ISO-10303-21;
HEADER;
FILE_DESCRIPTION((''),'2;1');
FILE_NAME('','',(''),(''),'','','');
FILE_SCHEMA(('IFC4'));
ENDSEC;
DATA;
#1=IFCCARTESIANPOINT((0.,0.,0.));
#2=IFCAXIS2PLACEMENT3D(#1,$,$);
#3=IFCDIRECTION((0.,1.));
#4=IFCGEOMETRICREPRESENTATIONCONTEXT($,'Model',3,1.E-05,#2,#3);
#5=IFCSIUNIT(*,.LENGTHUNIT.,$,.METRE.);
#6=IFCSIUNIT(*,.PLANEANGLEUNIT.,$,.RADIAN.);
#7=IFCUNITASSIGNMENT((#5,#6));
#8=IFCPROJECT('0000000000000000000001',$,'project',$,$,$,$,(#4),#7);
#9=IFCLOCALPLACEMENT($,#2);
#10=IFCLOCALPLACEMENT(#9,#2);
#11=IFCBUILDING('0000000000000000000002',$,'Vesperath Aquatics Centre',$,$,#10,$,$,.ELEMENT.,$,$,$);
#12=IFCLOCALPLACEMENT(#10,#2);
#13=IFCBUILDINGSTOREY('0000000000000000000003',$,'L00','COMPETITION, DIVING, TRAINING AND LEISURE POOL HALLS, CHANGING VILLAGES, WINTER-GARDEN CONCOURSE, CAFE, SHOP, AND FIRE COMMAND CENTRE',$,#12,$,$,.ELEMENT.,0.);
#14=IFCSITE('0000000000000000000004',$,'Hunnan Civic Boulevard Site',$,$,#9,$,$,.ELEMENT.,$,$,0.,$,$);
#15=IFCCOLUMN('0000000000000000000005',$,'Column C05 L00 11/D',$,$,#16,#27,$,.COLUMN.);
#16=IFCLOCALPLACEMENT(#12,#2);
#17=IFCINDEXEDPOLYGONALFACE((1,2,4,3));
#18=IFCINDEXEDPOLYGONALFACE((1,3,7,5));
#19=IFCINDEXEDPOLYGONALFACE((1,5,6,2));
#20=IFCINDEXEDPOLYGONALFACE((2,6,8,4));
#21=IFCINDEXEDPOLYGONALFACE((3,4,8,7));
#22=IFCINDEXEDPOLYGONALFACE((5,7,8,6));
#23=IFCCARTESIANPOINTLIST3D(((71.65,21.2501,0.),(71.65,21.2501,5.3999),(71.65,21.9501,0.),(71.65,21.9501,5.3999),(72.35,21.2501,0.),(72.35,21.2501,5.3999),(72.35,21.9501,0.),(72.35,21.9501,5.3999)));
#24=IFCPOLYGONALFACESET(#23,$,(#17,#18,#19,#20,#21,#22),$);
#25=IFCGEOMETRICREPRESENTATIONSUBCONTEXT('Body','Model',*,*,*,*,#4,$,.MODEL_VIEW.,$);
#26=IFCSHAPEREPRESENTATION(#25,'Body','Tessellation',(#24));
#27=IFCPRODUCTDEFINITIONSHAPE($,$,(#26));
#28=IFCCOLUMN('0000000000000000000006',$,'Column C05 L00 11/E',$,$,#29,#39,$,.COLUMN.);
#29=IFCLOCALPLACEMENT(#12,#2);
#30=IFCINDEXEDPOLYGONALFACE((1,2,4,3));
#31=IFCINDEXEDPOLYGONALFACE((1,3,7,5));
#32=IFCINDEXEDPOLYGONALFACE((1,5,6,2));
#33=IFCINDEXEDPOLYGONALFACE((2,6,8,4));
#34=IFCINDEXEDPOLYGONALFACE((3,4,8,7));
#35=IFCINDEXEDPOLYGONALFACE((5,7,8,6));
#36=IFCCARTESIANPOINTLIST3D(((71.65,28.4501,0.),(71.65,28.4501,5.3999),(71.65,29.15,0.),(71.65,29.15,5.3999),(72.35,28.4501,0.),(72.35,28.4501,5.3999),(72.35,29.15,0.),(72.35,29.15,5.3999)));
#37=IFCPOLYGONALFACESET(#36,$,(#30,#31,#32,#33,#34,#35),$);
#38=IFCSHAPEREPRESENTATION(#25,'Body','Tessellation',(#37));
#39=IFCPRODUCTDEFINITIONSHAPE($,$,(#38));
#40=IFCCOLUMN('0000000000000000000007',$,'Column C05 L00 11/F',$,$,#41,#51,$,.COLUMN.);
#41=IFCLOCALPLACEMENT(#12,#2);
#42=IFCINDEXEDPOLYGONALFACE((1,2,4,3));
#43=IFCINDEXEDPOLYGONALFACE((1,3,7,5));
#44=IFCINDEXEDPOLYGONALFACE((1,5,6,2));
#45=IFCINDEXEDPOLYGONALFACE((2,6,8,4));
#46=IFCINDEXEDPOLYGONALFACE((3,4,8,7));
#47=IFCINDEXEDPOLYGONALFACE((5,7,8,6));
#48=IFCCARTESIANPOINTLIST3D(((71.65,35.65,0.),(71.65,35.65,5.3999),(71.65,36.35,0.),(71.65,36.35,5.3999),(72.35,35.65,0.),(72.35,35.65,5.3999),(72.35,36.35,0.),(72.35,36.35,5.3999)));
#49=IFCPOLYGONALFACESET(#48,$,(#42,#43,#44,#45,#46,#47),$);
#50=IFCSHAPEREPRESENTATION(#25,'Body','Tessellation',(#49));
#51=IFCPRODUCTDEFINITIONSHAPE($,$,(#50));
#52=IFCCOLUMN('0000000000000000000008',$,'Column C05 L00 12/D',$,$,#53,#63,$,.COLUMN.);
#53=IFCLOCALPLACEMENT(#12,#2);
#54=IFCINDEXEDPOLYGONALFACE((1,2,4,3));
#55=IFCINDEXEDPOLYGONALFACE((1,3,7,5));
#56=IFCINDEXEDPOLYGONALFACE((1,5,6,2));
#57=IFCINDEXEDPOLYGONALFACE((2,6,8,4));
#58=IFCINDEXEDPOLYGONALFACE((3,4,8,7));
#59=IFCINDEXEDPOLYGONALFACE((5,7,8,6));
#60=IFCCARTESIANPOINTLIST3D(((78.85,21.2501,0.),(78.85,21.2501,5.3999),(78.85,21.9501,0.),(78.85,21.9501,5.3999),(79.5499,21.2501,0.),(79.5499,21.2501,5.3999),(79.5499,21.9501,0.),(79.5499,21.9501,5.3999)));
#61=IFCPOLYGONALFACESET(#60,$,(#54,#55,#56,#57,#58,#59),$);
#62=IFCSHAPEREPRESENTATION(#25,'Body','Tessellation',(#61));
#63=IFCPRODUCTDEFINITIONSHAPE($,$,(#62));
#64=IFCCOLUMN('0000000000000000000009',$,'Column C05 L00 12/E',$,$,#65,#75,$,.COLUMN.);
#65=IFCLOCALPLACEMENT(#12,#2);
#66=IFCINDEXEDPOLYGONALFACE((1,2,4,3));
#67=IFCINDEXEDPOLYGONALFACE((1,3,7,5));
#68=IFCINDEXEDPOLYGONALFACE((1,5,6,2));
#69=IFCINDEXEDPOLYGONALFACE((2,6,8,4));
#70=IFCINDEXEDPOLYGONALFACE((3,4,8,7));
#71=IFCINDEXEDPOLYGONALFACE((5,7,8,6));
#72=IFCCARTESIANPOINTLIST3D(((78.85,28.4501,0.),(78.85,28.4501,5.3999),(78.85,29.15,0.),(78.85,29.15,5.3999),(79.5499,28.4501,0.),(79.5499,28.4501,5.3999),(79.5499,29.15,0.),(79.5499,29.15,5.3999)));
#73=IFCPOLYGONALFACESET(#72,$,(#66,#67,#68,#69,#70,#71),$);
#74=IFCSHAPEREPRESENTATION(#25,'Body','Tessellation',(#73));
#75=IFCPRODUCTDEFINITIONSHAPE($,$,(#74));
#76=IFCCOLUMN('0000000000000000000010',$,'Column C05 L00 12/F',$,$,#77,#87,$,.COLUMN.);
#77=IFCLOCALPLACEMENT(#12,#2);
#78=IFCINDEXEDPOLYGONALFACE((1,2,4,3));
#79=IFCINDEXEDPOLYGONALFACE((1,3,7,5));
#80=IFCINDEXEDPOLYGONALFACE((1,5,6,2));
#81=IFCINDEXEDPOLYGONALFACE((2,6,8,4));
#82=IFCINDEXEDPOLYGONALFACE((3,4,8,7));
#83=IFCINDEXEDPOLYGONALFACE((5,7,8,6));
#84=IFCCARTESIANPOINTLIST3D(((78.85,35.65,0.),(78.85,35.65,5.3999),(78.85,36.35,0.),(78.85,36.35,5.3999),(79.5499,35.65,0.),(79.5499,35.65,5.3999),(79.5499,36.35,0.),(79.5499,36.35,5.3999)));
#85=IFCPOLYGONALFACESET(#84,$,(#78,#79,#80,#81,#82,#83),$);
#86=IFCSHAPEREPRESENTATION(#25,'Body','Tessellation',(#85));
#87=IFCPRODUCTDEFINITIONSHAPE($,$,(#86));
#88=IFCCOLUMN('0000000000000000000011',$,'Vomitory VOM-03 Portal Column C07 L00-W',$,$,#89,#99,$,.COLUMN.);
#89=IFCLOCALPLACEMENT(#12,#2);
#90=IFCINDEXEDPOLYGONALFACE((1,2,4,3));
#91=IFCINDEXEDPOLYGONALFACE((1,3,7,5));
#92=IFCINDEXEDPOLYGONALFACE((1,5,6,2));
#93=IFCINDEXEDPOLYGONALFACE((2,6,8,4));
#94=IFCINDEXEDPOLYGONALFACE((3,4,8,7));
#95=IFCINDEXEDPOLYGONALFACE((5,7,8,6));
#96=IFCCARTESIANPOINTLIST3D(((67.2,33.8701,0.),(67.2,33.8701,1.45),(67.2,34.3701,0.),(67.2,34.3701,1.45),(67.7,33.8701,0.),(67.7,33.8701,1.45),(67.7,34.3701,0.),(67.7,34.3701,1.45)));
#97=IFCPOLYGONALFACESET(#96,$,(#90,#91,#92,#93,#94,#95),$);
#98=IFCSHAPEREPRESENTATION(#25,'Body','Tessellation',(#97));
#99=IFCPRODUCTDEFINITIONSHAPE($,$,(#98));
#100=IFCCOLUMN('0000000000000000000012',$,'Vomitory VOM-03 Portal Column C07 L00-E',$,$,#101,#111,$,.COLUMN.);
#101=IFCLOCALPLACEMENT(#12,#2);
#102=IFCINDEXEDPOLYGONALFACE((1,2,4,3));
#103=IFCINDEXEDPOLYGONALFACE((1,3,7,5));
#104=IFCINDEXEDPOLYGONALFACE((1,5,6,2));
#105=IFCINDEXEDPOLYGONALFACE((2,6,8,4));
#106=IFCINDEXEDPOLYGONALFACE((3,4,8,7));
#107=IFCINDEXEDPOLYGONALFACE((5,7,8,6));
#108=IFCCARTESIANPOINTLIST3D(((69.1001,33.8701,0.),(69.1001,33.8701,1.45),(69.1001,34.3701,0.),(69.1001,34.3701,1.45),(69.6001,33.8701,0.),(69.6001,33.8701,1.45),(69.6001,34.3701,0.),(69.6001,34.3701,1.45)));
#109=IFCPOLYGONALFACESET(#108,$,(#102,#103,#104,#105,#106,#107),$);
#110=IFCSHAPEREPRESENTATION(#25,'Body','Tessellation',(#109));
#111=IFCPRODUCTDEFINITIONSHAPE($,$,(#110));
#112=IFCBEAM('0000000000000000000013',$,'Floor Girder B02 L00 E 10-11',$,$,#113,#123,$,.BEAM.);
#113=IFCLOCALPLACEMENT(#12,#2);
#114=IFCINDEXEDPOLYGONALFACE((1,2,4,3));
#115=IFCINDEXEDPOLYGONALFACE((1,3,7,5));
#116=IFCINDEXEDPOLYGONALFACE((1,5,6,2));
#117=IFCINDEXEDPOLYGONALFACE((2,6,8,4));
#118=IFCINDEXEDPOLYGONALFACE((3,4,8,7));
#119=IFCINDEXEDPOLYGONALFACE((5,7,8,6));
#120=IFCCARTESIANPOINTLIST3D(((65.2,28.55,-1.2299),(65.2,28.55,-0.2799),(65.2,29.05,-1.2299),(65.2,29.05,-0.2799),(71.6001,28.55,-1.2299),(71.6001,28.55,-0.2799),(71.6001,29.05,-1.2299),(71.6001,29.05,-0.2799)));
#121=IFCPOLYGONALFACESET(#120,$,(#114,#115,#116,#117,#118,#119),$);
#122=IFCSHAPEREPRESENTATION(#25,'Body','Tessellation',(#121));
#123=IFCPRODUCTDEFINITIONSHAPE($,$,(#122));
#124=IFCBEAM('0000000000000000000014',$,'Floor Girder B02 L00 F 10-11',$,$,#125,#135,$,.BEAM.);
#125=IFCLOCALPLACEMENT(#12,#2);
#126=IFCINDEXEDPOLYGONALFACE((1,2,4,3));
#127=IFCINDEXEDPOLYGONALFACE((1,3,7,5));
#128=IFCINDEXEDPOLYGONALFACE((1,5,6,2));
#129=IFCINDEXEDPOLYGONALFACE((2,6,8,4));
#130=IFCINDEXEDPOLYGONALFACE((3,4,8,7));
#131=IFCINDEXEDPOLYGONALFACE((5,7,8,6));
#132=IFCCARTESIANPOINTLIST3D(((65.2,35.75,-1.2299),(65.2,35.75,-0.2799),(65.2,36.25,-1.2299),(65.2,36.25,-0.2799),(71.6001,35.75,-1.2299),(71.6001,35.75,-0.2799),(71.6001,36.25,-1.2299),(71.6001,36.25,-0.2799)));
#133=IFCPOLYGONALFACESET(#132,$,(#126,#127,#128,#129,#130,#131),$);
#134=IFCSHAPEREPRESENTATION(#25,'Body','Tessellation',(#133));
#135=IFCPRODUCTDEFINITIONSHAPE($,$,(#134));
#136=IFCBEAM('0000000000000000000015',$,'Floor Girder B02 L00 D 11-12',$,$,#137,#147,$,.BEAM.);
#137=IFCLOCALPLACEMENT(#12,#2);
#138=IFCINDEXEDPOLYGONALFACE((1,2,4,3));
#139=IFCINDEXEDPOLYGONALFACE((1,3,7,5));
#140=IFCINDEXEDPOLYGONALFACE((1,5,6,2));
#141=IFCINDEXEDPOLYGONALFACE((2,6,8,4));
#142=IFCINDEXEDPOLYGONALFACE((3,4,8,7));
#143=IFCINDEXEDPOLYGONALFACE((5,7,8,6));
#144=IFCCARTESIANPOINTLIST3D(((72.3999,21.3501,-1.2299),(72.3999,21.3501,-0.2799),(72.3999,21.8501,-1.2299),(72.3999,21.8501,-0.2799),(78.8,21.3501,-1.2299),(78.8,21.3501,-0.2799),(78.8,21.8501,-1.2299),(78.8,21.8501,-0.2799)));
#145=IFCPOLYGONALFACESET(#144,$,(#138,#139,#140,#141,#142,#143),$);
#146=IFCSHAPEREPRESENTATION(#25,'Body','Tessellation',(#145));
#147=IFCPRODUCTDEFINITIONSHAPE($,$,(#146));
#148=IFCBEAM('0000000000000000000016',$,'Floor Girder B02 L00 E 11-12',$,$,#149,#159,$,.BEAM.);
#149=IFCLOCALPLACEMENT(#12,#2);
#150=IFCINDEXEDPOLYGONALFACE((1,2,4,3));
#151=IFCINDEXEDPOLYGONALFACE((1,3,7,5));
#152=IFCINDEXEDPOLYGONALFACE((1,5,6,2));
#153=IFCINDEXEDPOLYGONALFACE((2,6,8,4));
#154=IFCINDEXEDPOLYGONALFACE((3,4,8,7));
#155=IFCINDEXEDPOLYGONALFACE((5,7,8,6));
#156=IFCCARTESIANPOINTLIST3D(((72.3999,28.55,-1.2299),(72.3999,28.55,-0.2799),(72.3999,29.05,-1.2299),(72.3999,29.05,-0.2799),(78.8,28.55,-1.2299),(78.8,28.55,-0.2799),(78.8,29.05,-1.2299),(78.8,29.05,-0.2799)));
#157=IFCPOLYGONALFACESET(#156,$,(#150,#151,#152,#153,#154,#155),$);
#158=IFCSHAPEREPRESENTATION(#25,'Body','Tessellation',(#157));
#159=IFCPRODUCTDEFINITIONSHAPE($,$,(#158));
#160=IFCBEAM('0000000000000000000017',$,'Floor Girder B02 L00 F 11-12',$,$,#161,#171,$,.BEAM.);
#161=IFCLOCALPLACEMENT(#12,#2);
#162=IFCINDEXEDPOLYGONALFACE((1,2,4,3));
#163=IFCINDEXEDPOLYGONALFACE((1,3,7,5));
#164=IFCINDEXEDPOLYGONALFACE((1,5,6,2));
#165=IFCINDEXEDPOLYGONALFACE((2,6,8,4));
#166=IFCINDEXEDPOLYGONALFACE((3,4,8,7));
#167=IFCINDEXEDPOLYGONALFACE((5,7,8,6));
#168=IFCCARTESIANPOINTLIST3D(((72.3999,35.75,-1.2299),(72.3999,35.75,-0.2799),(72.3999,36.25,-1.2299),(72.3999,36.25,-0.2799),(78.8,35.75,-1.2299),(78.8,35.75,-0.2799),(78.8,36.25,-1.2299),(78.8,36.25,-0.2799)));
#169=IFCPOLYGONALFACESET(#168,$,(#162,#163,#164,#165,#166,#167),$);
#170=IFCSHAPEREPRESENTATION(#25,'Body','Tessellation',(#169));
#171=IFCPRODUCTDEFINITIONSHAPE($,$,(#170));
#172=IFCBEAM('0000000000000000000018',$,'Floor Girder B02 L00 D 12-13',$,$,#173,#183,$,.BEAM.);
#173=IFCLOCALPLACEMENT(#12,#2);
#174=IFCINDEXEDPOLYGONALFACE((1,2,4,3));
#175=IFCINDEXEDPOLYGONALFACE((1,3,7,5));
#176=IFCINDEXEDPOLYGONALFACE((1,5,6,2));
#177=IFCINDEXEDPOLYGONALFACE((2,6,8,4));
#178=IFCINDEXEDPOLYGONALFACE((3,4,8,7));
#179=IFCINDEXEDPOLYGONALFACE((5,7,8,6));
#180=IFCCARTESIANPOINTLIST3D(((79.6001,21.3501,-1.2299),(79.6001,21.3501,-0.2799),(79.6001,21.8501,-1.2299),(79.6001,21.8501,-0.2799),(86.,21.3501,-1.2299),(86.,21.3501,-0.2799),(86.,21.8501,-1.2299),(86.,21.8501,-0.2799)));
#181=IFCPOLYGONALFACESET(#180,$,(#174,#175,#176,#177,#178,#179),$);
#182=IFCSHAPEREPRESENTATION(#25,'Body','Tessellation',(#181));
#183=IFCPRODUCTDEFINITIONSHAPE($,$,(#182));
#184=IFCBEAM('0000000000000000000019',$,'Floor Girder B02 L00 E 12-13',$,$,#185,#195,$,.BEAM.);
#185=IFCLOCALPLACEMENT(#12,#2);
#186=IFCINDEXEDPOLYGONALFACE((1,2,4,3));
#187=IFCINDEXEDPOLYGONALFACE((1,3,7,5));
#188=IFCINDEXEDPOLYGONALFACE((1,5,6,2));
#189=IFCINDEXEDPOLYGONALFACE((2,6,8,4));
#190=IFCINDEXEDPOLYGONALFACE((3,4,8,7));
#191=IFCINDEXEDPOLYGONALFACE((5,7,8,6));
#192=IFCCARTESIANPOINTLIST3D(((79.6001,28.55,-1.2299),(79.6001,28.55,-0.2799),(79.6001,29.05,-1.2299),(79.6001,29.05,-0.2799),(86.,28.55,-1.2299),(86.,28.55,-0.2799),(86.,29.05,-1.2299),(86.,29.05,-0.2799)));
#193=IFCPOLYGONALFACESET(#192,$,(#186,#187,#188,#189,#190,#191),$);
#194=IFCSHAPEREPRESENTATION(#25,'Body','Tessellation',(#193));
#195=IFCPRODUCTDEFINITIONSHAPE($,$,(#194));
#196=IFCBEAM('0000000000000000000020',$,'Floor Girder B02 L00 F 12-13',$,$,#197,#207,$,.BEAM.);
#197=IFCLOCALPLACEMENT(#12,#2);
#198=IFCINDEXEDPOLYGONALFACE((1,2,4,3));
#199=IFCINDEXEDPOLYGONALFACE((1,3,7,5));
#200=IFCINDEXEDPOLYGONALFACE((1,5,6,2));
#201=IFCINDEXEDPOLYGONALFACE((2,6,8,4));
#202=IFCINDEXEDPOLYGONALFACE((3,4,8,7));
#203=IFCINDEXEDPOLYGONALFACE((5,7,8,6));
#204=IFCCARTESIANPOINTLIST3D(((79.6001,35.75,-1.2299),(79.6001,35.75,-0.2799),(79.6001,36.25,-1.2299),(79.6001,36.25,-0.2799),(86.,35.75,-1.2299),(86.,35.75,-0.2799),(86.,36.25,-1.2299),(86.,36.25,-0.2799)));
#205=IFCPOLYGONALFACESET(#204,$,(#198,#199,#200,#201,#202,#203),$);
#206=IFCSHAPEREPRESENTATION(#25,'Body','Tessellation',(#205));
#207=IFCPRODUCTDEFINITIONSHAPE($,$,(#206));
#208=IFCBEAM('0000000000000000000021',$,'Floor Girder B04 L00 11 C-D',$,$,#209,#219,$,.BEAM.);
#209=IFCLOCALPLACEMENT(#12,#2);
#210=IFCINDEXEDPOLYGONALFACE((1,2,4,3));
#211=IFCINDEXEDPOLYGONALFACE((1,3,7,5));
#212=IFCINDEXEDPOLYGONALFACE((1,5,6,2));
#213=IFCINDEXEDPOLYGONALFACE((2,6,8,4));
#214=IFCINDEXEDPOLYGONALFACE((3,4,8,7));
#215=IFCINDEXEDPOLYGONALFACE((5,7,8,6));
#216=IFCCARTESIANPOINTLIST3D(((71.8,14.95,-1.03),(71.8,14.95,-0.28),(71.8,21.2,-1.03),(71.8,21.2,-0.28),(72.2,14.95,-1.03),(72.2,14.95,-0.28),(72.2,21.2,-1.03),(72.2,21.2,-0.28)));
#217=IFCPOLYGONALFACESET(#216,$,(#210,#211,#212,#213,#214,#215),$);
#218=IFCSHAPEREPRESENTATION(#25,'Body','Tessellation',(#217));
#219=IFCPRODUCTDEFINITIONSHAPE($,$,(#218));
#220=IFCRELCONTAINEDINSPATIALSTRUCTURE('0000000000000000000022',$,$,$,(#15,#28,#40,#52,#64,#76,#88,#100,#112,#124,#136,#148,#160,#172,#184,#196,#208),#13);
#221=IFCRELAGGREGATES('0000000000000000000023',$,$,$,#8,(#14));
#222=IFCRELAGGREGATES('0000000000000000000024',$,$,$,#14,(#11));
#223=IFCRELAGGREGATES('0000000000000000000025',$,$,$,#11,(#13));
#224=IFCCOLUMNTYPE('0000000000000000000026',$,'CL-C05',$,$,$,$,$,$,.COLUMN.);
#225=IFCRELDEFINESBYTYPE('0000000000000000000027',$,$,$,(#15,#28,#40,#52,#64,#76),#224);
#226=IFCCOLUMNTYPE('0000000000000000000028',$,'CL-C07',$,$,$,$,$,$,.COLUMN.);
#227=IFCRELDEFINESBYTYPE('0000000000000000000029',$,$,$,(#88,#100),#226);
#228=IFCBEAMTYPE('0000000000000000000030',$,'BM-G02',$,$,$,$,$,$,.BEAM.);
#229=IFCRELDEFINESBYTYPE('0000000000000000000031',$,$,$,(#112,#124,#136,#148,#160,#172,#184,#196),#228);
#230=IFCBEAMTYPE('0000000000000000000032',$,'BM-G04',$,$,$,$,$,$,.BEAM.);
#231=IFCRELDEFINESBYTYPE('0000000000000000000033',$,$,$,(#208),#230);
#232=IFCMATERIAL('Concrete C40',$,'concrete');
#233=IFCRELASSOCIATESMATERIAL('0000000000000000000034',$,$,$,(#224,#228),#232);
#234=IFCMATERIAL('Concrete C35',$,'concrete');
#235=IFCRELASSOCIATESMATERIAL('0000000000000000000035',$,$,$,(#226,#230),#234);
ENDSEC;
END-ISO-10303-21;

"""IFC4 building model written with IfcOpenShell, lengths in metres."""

from ifc_helpers import new_model, si_unit, direction, frame, origin, origin_2d, place, context, subcontext, project, spatial, rectangle, extrude, material, material_profile, profile_set, type_object, element, save


model = new_model("IFC4")

# Units and contexts
model_context = context("Model", 3, precision=1e-05, world=origin(), true_north=direction((0.0, 1.0)))
body_context = subcontext(model_context, "Body", "Model", "MODEL_VIEW")
ifc_project = project(units=[si_unit("LENGTHUNIT", "METRE"), si_unit("PLANEANGLEUNIT", "RADIAN")], contexts=[model_context])

# Site, building, storey
site_placement = place(None, origin())
site = spatial("IfcSite", under=ifc_project, at=site_placement, Name="Hunnan Civic Boulevard Site", CompositionType="ELEMENT", RefElevation=0.0)
building_placement = place(site_placement, origin())
building = spatial("IfcBuilding", under=site, at=building_placement, Name="Vesperath Aquatics Centre", CompositionType="ELEMENT")
storey_placement = place(building_placement, origin())
storey = spatial("IfcBuildingStorey", under=building, at=storey_placement, Name="L00", Description="COMPETITION, DIVING, TRAINING AND LEISURE POOL HALLS, CHANGING VILLAGES, WINTER-GARDEN CONCOURSE, CAFE, SHOP, AND FIRE COMMAND CENTRE", CompositionType="ELEMENT", Elevation=0.0)

# Columns
ifc_material_1 = material(Name="Concrete C40", Category="concrete")
ifc_material_profile_1 = material_profile(ifc_material_1, rectangle(XDim=0.7, YDim=0.7, at=origin_2d()), Name="RC 700x700")
ifc_profile_set_1 = profile_set([ifc_material_profile_1], Name="Concrete C40")
column_type_1 = type_object("IfcColumnType", Name="CL-C05", PredefinedType="COLUMN", material=ifc_profile_set_1)
for number, where, z_axis, x_axis, name in (
    (1, (72.0, 21.6001, 0.0), (0.0, 0.0, 1.0), (1.0, 0.0, 0.0), "Column C05 L00 11/D"),
    (2, (72.0, 28.8, 0.0), (0.0, 0.0, 1.0), (1.0, 0.0, 0.0), "Column C05 L00 11/E"),
    (3, (72.0, 36.0, 0.0), (0.0, 0.0, 1.0), (1.0, 0.0, 0.0), "Column C05 L00 11/F"),
    (4, (79.2, 21.6001, 0.0), (0.0, 0.0, 1.0), (1.0, 0.0, 0.0), "Column C05 L00 12/D"),
    (5, (79.2, 28.8, 0.0), (0.0, 0.0, 1.0), (1.0, 0.0, 0.0), "Column C05 L00 12/E"),
    (6, (79.2, 36.0, 0.0), (0.0, 0.0, 1.0), (1.0, 0.0, 0.0), "Column C05 L00 12/F"),
):
    element("IfcColumn", number, at=place(storey_placement, frame(where, z_axis=z_axis, x_axis=x_axis)), inside=storey, type_object=column_type_1, Name=name, PredefinedType="COLUMN", context=body_context, shape_type="SweptSolid", body=[
        extrude(rectangle(XDim=0.7, YDim=0.7, at=origin_2d()), origin(), (0.0, 0.0, 1.0), 5.3999),
    ])
ifc_material_2 = material(Name="Concrete C35", Category="concrete")
ifc_material_profile_2 = material_profile(ifc_material_2, rectangle(XDim=0.5, YDim=0.5, at=origin_2d()), Name="RC 500x500")
ifc_profile_set_2 = profile_set([ifc_material_profile_2], Name="Concrete C35")
column_type_2 = type_object("IfcColumnType", Name="CL-C07", PredefinedType="COLUMN", material=ifc_profile_set_2)
for number, where, z_axis, x_axis, name in (
    (7, (67.45, 34.1201, 0.0), (0.0, 0.0, 1.0), (1.0, 0.0, 0.0), "Vomitory VOM-03 Portal Column C07 L00-W"),
    (8, (69.3501, 34.1201, 0.0), (0.0, 0.0, 1.0), (1.0, 0.0, 0.0), "Vomitory VOM-03 Portal Column C07 L00-E"),
):
    element("IfcColumn", number, at=place(storey_placement, frame(where, z_axis=z_axis, x_axis=x_axis)), inside=storey, type_object=column_type_2, Name=name, PredefinedType="COLUMN", context=body_context, shape_type="SweptSolid", body=[
        extrude(rectangle(XDim=0.5, YDim=0.5, at=origin_2d()), origin(), (0.0, 0.0, 1.0), 1.45),
    ])

# Beams
ifc_material_profile_3 = material_profile(ifc_material_1, rectangle(XDim=0.5, YDim=0.95, at=origin_2d()), Name="RC 500x950")
ifc_profile_set_3 = profile_set([ifc_material_profile_3], Name="Concrete C40")
beam_type_1 = type_object("IfcBeamType", Name="BM-G02", PredefinedType="BEAM", material=ifc_profile_set_3)
for number, where, z_axis, x_axis, name in (
    (9, (65.2, 28.8, -0.7549), (1.0, 0.0, 0.0), (0.0, 1.0, 0.0), "Floor Girder B02 L00 E 10-11"),
    (10, (65.2, 36.0, -0.7549), (1.0, 0.0, 0.0), (0.0, 1.0, 0.0), "Floor Girder B02 L00 F 10-11"),
    (11, (72.3999, 21.6001, -0.7549), (1.0, 0.0, 0.0), (0.0, 1.0, 0.0), "Floor Girder B02 L00 D 11-12"),
    (12, (72.3999, 28.8, -0.7549), (1.0, 0.0, 0.0), (0.0, 1.0, 0.0), "Floor Girder B02 L00 E 11-12"),
    (13, (72.3999, 36.0, -0.7549), (1.0, 0.0, 0.0), (0.0, 1.0, 0.0), "Floor Girder B02 L00 F 11-12"),
):
    element("IfcBeam", number, at=place(storey_placement, frame(where, z_axis=z_axis, x_axis=x_axis)), inside=storey, type_object=beam_type_1, Name=name, PredefinedType="BEAM", context=body_context, shape_type="SweptSolid", body=[
        extrude(rectangle(XDim=0.5, YDim=0.95, at=origin_2d()), origin(), (0.0, 0.0, 1.0), 6.4001),
    ])
for number, where, z_axis, x_axis, name in (
    (14, (79.6001, 21.6001, -0.7549), (1.0, 0.0, 0.0), (0.0, 1.0, 0.0), "Floor Girder B02 L00 D 12-13"),
    (15, (79.6001, 28.8, -0.7549), (1.0, 0.0, 0.0), (0.0, 1.0, 0.0), "Floor Girder B02 L00 E 12-13"),
    (16, (79.6001, 36.0, -0.7549), (1.0, 0.0, 0.0), (0.0, 1.0, 0.0), "Floor Girder B02 L00 F 12-13"),
):
    element("IfcBeam", number, at=place(storey_placement, frame(where, z_axis=z_axis, x_axis=x_axis)), inside=storey, type_object=beam_type_1, Name=name, PredefinedType="BEAM", context=body_context, shape_type="SweptSolid", body=[
        extrude(rectangle(XDim=0.5, YDim=0.95, at=origin_2d()), origin(), (0.0, 0.0, 1.0), 6.3999),
    ])
ifc_material_profile_4 = material_profile(ifc_material_2, rectangle(XDim=0.3999, YDim=0.75, at=origin_2d()), Name="RC 400x750")
ifc_profile_set_4 = profile_set([ifc_material_profile_4], Name="Concrete C35")
beam_type_2 = type_object("IfcBeamType", Name="BM-G04", PredefinedType="BEAM", material=ifc_profile_set_4)
beam_1_placement = place(storey_placement, frame((72.0, 14.95, -0.655), z_axis=(0.0, 1.0, 0.0), x_axis=(-1.0, 0.0, 0.0)))
element("IfcBeam", 17, at=beam_1_placement, inside=storey, type_object=beam_type_2, Name="Floor Girder B04 L00 11 C-D", PredefinedType="BEAM", context=body_context, shape_type="SweptSolid", body=[
    extrude(rectangle(XDim=0.3999, YDim=0.75, at=origin_2d()), origin(), (0.0, 0.0, 1.0), 6.25),
])

save(model, "model.ifc")
